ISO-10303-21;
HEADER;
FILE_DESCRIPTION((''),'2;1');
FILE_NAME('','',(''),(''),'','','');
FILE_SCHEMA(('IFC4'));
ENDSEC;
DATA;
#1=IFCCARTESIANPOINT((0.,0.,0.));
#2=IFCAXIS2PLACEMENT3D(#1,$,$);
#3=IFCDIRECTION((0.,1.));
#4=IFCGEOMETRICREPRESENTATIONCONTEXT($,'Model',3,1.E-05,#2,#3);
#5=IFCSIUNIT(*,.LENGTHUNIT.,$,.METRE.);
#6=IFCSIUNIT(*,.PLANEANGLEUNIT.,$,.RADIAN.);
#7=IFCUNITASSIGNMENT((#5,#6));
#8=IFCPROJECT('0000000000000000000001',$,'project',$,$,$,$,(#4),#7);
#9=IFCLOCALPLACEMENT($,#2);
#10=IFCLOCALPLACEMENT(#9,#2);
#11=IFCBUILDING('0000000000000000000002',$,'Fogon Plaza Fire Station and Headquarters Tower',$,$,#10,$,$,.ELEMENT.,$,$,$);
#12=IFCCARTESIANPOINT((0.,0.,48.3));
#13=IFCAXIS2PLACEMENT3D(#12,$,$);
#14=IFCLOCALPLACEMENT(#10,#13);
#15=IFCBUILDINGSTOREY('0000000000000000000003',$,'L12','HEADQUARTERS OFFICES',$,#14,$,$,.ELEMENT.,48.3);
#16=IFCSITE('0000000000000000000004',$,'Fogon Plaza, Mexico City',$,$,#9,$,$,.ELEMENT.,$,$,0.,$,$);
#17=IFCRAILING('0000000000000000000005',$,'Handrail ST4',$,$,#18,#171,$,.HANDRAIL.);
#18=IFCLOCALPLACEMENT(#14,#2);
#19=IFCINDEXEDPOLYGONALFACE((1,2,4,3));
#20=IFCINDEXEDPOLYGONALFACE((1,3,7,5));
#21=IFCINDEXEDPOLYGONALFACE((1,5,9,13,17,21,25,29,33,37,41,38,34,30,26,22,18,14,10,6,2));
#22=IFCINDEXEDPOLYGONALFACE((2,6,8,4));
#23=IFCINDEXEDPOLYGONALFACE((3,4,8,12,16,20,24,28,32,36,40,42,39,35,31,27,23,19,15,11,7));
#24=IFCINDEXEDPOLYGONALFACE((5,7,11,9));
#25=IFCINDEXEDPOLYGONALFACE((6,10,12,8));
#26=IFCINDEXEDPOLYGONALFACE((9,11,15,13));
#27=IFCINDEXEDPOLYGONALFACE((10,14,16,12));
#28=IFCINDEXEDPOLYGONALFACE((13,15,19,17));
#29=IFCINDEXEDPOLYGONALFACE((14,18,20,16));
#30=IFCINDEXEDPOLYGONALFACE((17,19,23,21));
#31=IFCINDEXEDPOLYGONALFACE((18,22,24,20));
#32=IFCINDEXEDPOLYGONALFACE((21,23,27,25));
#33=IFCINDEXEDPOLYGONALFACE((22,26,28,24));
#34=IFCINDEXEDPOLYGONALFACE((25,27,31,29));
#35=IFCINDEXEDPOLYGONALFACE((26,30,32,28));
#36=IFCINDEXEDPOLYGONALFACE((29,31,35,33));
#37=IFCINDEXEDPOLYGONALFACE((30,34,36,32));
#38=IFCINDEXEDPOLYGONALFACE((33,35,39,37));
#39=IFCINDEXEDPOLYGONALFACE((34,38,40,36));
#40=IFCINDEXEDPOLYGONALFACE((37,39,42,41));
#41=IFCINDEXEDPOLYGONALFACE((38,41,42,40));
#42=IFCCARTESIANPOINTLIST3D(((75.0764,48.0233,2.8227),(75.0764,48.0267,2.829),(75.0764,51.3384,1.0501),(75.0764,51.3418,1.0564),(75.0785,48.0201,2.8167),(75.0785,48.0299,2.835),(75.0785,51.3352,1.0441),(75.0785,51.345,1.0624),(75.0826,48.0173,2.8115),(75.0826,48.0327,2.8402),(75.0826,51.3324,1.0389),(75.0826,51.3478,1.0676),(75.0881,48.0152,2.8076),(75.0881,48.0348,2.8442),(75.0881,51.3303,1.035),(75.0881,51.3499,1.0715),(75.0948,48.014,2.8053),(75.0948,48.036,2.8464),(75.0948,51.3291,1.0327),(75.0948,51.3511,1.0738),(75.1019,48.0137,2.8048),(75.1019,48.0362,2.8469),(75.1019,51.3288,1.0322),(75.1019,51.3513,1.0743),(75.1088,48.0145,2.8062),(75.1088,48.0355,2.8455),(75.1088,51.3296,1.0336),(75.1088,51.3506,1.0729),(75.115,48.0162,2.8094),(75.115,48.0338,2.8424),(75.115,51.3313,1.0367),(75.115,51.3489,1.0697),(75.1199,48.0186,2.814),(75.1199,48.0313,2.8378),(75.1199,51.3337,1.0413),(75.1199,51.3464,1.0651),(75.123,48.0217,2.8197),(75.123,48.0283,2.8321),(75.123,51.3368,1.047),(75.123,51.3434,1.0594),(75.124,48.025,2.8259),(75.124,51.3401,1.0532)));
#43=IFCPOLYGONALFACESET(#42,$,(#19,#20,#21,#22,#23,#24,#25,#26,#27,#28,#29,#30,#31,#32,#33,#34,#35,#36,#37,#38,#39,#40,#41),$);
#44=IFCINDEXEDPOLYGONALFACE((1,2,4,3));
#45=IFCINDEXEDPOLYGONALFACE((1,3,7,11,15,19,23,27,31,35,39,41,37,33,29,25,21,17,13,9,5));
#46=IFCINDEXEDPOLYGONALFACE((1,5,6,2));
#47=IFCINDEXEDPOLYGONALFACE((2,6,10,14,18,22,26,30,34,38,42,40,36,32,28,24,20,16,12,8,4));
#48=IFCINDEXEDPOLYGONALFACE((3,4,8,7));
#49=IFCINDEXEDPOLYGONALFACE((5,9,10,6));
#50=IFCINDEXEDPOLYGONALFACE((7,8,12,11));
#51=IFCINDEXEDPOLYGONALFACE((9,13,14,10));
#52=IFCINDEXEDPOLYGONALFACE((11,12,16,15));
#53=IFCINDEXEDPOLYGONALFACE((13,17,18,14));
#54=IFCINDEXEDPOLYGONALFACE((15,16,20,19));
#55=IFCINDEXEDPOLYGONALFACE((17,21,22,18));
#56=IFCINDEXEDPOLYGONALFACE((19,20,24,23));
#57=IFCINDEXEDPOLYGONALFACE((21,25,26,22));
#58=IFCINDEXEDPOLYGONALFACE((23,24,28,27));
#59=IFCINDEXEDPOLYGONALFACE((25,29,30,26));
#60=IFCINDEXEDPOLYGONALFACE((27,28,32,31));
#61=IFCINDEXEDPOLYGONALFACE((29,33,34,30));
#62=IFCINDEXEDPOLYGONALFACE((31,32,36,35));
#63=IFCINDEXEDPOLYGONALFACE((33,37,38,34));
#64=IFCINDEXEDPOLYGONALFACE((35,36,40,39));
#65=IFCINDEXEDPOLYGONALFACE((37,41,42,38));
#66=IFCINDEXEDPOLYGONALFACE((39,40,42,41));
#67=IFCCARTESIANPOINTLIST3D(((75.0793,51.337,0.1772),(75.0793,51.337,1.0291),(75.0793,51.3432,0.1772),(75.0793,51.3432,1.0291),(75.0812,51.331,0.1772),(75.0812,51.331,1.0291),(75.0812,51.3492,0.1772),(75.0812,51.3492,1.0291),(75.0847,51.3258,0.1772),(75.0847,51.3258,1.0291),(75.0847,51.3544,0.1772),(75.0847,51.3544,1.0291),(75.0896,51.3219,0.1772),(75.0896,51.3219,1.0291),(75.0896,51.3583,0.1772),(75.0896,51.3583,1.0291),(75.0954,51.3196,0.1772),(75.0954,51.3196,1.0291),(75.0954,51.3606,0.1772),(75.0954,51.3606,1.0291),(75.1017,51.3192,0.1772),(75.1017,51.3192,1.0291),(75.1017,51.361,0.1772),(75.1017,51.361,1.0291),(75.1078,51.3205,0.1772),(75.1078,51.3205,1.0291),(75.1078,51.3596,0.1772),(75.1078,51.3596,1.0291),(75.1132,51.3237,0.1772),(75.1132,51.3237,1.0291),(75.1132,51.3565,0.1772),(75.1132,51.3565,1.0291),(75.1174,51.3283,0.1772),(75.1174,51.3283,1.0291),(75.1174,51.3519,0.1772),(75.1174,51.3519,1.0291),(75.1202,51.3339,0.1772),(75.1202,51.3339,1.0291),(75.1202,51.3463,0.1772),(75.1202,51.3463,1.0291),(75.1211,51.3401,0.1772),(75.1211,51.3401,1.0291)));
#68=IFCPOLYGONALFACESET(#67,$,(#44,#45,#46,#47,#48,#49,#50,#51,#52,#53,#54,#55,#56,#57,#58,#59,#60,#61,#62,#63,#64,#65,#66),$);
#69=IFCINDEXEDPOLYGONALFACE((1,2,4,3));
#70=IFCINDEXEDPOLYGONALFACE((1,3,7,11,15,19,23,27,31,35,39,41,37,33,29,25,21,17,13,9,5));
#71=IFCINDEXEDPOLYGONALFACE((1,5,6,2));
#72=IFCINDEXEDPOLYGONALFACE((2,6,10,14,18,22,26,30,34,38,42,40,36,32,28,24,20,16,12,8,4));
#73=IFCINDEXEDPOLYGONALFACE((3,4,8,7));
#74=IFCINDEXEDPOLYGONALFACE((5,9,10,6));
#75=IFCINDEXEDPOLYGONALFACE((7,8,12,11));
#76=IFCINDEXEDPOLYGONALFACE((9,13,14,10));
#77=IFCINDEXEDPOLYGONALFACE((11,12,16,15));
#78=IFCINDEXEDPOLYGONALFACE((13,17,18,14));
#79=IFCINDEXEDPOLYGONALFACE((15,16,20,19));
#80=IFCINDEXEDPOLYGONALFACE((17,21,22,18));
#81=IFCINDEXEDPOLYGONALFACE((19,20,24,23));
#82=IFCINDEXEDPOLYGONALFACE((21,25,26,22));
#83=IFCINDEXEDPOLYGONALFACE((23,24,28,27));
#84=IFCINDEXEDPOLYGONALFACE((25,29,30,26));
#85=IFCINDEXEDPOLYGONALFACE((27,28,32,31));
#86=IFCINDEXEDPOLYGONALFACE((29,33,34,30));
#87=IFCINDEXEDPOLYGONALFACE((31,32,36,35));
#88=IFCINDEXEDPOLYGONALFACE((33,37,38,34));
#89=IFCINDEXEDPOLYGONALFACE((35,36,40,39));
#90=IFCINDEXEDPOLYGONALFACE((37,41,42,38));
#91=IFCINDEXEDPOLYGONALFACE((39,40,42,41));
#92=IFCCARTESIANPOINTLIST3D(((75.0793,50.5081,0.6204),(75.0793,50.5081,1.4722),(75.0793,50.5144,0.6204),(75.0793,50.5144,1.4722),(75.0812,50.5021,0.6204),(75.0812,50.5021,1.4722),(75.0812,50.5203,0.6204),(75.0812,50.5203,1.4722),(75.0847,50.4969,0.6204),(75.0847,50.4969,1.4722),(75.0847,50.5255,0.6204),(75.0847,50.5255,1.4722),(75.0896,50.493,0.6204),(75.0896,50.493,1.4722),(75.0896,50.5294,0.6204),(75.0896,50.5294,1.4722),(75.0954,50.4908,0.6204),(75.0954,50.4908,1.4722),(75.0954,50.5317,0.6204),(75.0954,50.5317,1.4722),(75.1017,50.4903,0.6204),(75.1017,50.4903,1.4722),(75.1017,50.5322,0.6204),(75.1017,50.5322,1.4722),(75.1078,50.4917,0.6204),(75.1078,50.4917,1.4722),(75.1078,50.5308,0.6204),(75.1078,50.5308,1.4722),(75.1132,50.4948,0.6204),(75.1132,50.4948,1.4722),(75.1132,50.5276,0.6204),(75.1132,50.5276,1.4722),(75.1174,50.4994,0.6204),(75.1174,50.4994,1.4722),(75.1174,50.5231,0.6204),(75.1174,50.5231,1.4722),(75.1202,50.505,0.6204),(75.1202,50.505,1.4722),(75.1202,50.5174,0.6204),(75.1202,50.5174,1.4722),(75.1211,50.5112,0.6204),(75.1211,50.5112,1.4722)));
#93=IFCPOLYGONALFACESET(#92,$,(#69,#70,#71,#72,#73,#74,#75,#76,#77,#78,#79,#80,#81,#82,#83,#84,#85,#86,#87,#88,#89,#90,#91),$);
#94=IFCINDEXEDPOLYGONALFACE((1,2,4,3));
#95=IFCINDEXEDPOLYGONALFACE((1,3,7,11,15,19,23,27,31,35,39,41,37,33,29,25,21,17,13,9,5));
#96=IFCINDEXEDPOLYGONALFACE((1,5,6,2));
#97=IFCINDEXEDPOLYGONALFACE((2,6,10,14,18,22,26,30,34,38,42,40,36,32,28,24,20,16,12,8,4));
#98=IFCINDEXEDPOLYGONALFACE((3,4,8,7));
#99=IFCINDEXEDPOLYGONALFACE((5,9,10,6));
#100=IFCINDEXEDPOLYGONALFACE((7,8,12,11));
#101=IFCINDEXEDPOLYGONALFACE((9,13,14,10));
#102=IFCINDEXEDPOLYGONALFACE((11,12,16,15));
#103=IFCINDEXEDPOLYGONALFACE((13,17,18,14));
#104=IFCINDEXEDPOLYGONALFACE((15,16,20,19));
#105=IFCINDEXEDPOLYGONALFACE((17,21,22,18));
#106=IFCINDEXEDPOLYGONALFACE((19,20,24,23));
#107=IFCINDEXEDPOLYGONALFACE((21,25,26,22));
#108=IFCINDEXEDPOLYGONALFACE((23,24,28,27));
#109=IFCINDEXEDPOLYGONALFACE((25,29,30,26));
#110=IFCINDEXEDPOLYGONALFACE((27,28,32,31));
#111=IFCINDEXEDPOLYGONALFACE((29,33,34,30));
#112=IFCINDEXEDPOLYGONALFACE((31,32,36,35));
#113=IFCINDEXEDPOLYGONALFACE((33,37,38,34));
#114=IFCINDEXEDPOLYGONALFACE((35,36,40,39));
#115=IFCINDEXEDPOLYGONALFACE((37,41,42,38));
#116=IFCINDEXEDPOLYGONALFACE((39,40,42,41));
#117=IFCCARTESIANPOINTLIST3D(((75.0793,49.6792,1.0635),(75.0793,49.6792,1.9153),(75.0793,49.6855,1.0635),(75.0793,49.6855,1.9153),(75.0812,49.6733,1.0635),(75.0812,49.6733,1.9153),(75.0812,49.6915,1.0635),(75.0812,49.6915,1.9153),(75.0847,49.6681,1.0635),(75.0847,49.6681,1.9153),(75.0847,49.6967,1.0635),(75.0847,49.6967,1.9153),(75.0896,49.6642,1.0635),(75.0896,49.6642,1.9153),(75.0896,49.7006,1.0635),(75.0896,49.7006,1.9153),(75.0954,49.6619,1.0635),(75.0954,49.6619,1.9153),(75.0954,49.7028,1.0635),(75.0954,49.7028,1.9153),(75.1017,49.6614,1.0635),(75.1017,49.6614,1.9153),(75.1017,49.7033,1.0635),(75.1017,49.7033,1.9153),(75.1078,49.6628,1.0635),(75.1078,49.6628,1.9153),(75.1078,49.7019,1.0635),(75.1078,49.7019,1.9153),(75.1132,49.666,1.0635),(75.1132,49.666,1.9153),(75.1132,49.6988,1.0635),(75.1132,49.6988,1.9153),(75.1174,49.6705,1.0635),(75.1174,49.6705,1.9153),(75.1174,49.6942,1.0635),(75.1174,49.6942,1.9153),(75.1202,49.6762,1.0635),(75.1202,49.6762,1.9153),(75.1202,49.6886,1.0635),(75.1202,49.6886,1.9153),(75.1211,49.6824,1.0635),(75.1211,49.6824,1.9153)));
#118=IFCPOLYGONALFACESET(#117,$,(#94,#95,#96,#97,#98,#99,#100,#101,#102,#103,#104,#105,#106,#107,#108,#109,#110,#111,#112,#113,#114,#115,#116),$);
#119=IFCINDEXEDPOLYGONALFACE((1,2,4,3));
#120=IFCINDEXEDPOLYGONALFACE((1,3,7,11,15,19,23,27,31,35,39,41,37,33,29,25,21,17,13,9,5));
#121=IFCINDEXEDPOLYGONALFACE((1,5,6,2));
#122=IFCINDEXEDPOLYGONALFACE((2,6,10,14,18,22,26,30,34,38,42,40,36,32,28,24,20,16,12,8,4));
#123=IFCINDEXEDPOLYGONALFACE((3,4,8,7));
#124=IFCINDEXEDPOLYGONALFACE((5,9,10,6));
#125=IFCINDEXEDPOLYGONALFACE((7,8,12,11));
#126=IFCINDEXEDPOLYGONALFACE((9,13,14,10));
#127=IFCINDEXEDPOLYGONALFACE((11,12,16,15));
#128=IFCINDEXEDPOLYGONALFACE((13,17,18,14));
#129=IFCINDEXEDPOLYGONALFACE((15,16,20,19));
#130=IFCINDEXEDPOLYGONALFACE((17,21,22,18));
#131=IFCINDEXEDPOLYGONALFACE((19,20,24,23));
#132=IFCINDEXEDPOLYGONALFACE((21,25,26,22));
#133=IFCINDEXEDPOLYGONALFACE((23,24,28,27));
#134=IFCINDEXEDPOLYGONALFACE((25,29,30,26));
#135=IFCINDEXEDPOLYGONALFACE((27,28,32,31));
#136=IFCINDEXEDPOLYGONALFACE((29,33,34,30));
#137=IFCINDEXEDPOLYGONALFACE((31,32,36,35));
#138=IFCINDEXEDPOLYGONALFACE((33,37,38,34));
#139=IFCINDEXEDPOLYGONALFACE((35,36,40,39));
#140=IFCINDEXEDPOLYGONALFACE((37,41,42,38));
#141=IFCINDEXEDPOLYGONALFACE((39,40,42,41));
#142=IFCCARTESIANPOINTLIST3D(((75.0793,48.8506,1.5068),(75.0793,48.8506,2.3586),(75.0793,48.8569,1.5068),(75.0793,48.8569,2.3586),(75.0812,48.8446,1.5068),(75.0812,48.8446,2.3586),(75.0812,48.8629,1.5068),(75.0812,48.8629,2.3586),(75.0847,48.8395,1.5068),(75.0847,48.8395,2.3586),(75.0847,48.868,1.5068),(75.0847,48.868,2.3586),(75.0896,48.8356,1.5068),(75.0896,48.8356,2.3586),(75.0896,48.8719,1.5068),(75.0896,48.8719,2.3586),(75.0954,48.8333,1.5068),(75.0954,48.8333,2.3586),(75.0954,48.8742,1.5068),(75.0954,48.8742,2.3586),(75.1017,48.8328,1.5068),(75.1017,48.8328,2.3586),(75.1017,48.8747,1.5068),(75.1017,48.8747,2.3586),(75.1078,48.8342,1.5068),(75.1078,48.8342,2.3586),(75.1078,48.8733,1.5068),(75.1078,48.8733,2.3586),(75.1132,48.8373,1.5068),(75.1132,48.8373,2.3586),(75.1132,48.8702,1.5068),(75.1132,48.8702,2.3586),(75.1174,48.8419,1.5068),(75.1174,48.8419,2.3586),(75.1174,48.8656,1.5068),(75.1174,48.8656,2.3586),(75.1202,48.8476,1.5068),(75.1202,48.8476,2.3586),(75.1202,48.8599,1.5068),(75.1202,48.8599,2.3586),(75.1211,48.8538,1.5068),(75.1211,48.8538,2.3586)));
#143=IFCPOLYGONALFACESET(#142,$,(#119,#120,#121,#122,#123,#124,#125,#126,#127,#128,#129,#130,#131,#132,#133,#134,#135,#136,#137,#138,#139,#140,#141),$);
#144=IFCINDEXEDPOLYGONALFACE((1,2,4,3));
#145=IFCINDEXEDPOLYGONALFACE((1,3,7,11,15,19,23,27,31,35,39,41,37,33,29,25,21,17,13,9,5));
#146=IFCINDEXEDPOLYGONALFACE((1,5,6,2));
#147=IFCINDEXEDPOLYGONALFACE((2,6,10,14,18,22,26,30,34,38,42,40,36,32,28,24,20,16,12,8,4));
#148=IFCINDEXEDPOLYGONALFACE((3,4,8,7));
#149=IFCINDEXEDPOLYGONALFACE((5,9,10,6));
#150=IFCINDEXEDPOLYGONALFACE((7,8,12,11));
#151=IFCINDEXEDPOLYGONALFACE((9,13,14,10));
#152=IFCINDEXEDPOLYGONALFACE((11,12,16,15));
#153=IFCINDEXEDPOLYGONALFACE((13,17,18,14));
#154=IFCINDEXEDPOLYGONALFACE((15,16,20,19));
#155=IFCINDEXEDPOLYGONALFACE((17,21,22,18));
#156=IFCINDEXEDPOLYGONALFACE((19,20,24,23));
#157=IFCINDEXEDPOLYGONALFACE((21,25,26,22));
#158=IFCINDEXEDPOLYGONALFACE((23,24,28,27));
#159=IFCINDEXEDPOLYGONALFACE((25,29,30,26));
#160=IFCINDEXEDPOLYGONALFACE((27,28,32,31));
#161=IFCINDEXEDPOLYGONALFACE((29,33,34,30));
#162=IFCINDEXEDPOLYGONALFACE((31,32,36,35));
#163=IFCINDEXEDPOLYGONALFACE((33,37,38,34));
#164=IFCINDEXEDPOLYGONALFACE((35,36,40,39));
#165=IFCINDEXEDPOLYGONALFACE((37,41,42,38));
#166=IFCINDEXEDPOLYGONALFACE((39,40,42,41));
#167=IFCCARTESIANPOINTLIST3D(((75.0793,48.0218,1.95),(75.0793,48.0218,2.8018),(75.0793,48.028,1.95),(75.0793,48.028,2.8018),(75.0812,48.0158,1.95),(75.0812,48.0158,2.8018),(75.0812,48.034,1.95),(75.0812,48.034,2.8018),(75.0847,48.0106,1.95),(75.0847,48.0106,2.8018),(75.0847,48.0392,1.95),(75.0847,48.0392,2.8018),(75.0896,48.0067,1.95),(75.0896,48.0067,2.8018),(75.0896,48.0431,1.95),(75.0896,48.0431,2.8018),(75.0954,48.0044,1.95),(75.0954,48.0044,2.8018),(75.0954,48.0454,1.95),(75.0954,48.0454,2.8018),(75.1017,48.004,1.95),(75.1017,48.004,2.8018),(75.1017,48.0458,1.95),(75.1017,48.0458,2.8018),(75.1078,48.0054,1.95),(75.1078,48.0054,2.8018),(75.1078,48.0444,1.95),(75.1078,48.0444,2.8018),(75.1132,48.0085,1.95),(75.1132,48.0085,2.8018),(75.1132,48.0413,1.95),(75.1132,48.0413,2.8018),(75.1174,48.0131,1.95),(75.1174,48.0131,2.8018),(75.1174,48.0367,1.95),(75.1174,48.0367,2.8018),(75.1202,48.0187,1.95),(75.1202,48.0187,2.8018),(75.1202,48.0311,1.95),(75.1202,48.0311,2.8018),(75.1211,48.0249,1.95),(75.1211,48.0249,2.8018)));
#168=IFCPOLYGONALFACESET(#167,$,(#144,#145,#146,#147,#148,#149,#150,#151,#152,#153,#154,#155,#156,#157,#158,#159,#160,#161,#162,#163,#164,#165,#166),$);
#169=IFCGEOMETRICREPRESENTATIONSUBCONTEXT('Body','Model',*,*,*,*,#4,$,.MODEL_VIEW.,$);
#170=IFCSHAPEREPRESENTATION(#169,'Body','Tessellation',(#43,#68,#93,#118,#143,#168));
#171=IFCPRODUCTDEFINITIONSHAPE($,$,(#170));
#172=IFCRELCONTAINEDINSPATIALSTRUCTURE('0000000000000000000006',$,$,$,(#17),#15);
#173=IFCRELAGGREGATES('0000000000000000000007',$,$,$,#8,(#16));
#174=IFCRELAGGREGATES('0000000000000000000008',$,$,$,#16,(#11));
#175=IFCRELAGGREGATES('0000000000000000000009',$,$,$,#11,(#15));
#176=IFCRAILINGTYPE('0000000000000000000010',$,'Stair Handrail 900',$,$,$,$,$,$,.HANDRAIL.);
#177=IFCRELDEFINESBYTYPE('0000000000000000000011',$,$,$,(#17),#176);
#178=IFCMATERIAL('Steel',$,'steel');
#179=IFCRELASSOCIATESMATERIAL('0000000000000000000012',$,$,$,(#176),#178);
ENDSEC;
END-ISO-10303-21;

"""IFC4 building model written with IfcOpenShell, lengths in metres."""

from ifc_helpers import new_model, si_unit, direction, frame, origin, origin_2d, place, context, subcontext, project, spatial, circle, extrude, material, type_object, element, save


model = new_model("IFC4")

# Units and contexts
model_context = context("Model", 3, precision=1e-05, world=origin(), true_north=direction((0.0, 1.0)))
body_context = subcontext(model_context, "Body", "Model", "MODEL_VIEW")
ifc_project = project(units=[si_unit("LENGTHUNIT", "METRE"), si_unit("PLANEANGLEUNIT", "RADIAN")], contexts=[model_context])

# Site, building, storey
site_placement = place(None, origin())
site = spatial("IfcSite", under=ifc_project, at=site_placement, Name="Fogon Plaza, Mexico City", CompositionType="ELEMENT", RefElevation=0.0)
building_placement = place(site_placement, origin())
building = spatial("IfcBuilding", under=site, at=building_placement, Name="Fogon Plaza Fire Station and Headquarters Tower", CompositionType="ELEMENT")
storey_placement = place(building_placement, frame((0.0, 0.0, 48.3)))
storey = spatial("IfcBuildingStorey", under=building, at=storey_placement, Name="L12", Description="HEADQUARTERS OFFICES", CompositionType="ELEMENT", Elevation=48.3)

# Railing
ifc_material_1 = material(Name="Steel", Category="steel")
railing_type = type_object("IfcRailingType", Name="Stair Handrail 900", PredefinedType="HANDRAIL", material=ifc_material_1)
for number, where, name in (
    (1, (75.1001, 51.3401, 0.1772), "Handrail ST4"),
):
    element("IfcRailing", number, at=place(storey_placement, frame(where)), inside=storey, type_object=railing_type, Name=name, PredefinedType="HANDRAIL", context=body_context, shape_type="SweptSolid", body=[
        extrude(circle(Radius=0.0239, at=origin_2d()), frame((0.0, 0.0, 0.876), z_axis=(0.0, -0.881844, 0.471542), x_axis=(1.0, 0.0, 0.0)), (0.0, 0.0, 1.0), 3.7593),
        extrude(circle(Radius=0.021, at=origin_2d()), origin(), (0.0, 0.0, 1.0), 0.8518),
        extrude(circle(Radius=0.021, at=origin_2d()), frame((0.0, -0.8289, 0.4431)), (0.0, 0.0, 1.0), 0.8518),
        extrude(circle(Radius=0.021, at=origin_2d()), frame((0.0, -1.6577, 0.8862)), (0.0, 0.0, 1.0), 0.8518),
        extrude(circle(Radius=0.021, at=origin_2d()), frame((0.0, -2.4863, 1.3296)), (0.0, 0.0, 1.0), 0.8518),
        extrude(circle(Radius=0.021, at=origin_2d()), frame((0.0, -3.3152, 1.7727)), (0.0, 0.0, 1.0), 0.8518),
    ])

save(model, "model.ifc")
